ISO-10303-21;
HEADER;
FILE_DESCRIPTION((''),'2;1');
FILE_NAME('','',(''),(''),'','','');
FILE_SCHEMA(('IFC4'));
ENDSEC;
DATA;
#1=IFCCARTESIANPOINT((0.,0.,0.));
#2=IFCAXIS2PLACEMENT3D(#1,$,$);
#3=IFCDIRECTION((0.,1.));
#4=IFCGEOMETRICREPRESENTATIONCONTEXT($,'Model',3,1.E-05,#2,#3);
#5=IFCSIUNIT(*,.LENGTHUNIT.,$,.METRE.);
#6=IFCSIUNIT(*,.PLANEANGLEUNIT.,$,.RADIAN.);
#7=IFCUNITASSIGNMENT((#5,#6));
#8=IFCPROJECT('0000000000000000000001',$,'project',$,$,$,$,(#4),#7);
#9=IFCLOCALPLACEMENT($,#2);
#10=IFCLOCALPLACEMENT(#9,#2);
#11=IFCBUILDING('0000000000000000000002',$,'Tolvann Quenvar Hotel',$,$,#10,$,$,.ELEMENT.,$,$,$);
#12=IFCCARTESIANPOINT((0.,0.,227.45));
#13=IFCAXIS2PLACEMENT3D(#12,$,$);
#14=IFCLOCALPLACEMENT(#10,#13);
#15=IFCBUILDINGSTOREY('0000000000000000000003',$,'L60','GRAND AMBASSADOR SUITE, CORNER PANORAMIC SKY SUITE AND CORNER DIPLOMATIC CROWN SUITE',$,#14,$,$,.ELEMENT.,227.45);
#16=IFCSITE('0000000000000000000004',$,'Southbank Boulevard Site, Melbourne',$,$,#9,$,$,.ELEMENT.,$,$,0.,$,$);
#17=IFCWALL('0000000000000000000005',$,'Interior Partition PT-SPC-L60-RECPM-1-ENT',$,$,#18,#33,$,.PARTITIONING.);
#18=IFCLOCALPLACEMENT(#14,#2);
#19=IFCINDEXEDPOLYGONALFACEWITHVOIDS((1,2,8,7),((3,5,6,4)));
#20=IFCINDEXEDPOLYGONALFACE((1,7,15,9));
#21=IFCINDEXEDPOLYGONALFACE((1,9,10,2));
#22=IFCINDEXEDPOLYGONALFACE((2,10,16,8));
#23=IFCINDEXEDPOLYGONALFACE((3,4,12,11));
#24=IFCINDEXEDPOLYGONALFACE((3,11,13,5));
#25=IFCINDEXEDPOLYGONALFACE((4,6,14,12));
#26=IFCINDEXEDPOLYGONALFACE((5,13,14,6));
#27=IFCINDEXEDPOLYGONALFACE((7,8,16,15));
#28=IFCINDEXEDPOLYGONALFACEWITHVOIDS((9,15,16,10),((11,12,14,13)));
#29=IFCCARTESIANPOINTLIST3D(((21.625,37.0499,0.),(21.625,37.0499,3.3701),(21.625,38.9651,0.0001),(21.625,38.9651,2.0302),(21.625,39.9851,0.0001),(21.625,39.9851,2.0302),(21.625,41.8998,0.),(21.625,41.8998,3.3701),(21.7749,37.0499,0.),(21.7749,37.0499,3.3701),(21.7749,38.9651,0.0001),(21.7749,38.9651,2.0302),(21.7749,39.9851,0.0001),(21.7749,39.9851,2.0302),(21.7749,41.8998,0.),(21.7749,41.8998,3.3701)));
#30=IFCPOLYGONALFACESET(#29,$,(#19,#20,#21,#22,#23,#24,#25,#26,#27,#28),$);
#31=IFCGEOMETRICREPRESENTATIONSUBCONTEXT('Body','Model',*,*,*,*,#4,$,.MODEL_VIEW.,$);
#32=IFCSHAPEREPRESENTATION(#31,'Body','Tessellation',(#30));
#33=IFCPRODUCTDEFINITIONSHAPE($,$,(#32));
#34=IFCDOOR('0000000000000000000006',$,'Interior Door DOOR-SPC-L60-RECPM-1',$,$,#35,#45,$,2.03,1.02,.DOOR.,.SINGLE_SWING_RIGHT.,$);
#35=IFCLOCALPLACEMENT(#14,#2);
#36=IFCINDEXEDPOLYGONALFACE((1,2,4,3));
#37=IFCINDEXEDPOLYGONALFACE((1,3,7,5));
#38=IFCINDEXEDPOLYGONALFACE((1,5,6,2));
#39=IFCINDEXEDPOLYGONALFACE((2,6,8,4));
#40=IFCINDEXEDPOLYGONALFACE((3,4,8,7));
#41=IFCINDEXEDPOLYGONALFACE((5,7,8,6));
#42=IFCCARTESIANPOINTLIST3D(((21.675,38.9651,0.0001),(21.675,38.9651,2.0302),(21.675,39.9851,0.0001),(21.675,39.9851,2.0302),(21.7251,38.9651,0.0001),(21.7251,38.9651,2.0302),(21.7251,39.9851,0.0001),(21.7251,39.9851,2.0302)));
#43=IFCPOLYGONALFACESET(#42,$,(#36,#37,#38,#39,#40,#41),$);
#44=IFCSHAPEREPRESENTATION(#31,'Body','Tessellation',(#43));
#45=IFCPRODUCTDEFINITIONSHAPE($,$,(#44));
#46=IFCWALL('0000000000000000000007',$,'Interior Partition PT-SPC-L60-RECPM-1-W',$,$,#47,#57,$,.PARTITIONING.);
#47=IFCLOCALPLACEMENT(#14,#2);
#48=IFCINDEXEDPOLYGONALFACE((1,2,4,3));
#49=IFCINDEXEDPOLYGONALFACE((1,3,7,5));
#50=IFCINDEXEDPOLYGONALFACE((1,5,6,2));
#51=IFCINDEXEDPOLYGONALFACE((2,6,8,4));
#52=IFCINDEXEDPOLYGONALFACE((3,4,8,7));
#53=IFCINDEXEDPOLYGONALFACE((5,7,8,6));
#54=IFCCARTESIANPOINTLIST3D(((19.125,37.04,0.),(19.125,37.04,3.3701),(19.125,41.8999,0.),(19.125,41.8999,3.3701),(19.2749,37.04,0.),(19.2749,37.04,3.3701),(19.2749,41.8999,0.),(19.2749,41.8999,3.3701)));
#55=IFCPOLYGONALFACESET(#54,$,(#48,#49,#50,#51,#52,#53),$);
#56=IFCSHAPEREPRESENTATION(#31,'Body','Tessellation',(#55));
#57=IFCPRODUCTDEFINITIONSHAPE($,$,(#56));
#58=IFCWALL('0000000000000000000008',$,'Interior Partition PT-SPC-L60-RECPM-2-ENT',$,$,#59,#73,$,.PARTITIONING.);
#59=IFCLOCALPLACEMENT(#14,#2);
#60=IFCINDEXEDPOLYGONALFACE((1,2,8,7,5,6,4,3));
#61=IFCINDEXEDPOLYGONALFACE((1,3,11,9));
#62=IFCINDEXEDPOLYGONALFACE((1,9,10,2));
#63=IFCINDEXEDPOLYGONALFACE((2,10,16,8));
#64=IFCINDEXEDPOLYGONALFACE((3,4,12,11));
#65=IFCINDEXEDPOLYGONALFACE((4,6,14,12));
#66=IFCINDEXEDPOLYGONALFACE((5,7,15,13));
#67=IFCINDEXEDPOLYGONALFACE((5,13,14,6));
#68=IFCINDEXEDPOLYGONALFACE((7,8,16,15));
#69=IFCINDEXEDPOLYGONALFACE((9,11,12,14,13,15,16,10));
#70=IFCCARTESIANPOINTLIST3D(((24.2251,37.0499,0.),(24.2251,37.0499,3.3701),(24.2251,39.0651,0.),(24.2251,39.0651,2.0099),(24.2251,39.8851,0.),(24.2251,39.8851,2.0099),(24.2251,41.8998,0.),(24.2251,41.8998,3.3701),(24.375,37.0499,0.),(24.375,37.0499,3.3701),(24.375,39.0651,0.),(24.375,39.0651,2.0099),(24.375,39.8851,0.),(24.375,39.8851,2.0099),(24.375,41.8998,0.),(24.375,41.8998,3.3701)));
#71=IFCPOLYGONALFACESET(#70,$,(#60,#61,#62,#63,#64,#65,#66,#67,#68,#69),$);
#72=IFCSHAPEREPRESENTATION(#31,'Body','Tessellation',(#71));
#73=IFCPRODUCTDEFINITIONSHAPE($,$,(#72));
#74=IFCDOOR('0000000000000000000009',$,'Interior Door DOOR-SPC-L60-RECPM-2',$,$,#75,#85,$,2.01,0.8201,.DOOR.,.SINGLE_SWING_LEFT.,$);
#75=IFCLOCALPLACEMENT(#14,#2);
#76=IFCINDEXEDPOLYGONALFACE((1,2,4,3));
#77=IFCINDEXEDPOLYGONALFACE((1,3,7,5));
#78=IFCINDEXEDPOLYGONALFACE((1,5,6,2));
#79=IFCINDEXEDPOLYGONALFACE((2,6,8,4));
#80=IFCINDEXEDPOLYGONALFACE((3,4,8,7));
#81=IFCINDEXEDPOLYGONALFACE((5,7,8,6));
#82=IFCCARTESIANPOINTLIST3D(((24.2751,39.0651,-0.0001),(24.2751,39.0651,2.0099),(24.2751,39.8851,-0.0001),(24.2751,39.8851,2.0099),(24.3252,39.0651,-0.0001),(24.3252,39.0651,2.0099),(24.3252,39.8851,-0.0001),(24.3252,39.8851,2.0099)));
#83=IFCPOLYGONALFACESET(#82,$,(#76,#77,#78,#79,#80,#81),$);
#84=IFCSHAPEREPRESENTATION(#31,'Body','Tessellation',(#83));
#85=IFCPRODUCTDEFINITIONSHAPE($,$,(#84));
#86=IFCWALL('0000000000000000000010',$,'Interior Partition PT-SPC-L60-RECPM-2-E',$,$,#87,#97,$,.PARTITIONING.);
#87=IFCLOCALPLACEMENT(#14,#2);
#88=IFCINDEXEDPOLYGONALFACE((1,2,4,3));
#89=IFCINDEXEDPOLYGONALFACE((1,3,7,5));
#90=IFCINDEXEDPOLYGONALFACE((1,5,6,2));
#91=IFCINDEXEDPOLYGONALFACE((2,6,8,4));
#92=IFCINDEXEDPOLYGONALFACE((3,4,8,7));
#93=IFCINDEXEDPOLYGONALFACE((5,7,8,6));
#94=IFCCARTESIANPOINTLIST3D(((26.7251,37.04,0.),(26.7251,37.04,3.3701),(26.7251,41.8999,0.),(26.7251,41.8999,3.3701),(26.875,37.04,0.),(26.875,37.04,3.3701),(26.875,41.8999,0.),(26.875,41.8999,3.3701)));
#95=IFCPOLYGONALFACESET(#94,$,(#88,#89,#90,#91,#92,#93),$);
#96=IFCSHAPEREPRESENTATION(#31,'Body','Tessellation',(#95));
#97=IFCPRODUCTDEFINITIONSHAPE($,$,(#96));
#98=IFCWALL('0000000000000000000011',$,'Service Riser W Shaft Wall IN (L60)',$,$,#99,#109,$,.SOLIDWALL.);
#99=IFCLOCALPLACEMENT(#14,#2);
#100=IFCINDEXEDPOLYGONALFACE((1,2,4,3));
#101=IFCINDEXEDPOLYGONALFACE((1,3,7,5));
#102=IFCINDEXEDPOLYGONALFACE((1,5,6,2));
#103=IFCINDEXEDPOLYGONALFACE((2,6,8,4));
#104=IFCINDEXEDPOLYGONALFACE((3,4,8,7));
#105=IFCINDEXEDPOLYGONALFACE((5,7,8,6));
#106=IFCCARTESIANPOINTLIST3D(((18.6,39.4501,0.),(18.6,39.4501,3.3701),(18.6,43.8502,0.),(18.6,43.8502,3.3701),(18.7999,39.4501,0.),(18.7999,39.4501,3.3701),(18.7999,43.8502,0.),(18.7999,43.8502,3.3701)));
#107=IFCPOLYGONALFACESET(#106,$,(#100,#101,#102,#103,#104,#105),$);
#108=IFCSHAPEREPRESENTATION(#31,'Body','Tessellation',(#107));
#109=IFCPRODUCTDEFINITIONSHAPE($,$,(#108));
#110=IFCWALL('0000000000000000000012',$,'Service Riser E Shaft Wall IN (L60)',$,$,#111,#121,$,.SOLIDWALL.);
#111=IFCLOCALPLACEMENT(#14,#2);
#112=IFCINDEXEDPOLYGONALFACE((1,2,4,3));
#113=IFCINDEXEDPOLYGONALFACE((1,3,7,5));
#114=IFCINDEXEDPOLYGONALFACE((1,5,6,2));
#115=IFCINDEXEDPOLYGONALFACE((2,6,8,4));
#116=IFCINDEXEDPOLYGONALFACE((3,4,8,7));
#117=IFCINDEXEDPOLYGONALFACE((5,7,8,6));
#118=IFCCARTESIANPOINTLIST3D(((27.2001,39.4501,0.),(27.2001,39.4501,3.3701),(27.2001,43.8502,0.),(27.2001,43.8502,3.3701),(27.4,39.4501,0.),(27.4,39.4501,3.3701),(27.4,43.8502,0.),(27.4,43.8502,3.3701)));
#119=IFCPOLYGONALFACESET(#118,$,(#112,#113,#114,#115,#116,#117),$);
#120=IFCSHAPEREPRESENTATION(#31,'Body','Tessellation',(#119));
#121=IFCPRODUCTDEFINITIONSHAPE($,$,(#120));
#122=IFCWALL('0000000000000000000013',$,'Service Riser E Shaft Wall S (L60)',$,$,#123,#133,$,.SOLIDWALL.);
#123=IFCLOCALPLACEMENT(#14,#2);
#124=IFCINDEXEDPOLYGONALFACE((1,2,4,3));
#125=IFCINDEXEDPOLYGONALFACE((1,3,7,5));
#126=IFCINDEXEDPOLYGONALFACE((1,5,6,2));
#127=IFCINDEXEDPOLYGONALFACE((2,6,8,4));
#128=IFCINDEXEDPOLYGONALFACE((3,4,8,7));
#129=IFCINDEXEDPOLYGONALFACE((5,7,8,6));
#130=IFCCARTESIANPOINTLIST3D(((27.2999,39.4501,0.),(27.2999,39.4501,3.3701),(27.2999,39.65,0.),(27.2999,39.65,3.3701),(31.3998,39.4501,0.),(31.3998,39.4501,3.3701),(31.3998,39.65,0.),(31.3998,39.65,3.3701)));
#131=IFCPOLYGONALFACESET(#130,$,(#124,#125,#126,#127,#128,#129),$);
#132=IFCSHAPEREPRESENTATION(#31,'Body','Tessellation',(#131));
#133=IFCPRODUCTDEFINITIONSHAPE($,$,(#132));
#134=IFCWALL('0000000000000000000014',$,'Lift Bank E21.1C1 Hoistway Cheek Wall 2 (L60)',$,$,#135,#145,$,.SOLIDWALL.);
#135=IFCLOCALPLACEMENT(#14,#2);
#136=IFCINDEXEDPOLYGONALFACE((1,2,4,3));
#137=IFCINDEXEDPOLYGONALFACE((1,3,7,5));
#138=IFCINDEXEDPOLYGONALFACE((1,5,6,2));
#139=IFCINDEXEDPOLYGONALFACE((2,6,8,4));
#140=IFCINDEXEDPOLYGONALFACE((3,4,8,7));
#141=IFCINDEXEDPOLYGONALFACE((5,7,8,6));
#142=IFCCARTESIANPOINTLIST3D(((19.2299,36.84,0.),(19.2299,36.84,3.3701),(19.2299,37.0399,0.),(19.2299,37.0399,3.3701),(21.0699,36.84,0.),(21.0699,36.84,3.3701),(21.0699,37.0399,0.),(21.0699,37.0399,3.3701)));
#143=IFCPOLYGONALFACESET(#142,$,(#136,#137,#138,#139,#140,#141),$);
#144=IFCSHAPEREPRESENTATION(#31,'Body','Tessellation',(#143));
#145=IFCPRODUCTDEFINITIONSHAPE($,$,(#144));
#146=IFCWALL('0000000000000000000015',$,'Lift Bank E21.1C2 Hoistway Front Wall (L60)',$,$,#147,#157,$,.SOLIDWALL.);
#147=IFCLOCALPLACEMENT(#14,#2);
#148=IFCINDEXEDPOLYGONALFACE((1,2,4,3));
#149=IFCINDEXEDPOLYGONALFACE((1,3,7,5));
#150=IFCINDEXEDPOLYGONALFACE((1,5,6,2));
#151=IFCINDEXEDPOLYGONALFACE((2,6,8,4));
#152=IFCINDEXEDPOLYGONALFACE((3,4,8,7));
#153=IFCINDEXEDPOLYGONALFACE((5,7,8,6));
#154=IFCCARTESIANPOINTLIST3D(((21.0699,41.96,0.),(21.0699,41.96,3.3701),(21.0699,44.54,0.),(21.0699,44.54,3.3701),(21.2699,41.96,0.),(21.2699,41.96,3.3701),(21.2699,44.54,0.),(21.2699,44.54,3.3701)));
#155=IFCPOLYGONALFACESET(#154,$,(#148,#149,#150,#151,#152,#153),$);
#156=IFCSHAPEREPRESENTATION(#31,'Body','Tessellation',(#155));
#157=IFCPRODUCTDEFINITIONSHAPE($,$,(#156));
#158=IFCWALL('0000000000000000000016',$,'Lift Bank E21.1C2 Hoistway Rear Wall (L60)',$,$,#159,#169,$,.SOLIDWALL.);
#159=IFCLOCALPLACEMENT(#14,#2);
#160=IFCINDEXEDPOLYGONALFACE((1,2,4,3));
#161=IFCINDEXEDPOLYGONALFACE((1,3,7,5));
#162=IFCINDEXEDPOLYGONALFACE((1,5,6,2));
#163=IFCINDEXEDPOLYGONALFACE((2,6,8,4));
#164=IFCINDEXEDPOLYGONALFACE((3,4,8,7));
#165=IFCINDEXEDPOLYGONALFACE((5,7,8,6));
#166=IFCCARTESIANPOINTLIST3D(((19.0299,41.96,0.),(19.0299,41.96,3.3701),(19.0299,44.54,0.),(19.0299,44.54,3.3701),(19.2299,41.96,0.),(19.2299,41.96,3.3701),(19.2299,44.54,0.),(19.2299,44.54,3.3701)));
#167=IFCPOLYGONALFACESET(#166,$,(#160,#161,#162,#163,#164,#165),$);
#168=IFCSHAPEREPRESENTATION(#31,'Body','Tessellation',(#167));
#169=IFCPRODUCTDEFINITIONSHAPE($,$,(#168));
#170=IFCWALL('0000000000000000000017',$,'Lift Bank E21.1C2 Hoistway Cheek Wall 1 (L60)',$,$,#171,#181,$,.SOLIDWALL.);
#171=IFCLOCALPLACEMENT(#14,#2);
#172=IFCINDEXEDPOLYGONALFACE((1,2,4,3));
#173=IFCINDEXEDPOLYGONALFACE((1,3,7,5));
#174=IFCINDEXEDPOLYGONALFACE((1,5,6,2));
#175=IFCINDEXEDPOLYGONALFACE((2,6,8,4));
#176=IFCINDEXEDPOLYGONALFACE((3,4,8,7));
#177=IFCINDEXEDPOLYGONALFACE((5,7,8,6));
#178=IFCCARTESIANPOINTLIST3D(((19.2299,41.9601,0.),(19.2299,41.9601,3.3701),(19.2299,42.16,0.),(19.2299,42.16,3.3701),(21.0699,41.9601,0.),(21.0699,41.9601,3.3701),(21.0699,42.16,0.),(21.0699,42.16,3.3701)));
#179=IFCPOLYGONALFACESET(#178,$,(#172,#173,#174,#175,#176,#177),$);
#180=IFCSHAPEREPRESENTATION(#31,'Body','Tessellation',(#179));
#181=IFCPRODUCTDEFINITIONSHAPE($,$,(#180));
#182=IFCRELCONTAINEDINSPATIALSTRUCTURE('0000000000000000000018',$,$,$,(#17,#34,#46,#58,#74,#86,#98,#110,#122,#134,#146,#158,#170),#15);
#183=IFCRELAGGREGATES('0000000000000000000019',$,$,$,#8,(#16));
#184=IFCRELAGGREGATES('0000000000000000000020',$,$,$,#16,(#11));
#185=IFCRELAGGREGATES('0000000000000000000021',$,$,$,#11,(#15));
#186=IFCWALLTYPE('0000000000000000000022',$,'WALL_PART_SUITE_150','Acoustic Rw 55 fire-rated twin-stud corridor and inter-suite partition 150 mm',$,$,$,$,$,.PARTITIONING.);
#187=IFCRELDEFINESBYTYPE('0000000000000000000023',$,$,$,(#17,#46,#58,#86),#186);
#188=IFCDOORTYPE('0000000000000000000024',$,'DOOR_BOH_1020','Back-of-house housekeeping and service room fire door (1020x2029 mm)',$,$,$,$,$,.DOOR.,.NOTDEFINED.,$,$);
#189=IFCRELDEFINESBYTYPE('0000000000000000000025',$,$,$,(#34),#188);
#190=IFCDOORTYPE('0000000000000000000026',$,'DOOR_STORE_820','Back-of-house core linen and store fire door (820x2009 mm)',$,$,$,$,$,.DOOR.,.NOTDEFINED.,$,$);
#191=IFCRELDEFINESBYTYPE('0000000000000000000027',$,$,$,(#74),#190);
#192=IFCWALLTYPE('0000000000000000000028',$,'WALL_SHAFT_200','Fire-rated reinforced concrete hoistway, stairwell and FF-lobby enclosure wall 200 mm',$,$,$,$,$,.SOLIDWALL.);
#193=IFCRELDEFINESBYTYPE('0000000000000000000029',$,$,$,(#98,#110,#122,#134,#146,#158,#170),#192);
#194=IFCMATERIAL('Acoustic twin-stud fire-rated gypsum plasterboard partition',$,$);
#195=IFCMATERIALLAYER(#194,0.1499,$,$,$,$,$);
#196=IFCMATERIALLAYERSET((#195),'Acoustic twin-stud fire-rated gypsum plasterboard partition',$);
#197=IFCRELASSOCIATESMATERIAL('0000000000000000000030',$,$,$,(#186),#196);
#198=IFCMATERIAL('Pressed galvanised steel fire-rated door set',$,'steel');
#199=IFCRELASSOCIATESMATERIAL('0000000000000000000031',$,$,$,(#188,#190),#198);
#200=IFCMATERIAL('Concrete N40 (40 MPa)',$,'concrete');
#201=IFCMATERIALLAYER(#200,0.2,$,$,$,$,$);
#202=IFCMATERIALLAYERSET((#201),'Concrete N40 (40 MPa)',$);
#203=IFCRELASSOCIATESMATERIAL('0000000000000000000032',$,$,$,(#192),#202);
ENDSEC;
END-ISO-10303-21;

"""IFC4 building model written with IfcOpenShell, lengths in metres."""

from ifc_helpers import new_model, si_unit, direction, frame, frame_2d, origin, place, context, subcontext, project, spatial, rectangle, extrude, source, transform, mapped, material, layer, layer_set, type_object, type_shapes, element, fill, save


model = new_model("IFC4")

# Units and contexts
model_context = context("Model", 3, precision=1e-05, world=origin(), true_north=direction((0.0, 1.0)))
body_context = subcontext(model_context, "Body", "Model", "MODEL_VIEW")
ifc_project = project(units=[si_unit("LENGTHUNIT", "METRE"), si_unit("PLANEANGLEUNIT", "RADIAN")], contexts=[model_context])

# Site, building, storey
site_placement = place(None, origin())
site = spatial("IfcSite", under=ifc_project, at=site_placement, Name="Southbank Boulevard Site, Melbourne", CompositionType="ELEMENT", RefElevation=0.0)
building_placement = place(site_placement, origin())
building = spatial("IfcBuilding", under=site, at=building_placement, Name="Tolvann Quenvar Hotel", CompositionType="ELEMENT")
storey_placement = place(building_placement, frame((0.0, 0.0, 227.45)))
storey = spatial("IfcBuildingStorey", under=building, at=storey_placement, Name="L60", Description="GRAND AMBASSADOR SUITE, CORNER PANORAMIC SKY SUITE AND CORNER DIPLOMATIC CROWN SUITE", CompositionType="ELEMENT", Elevation=227.45)

# Wall, opening, door
ifc_material_1 = material(Name="Acoustic twin-stud fire-rated gypsum plasterboard partition")
ifc_layer_1 = layer(ifc_material_1, 0.1499)
ifc_layer_set_1 = layer_set([ifc_layer_1], Name="Acoustic twin-stud fire-rated gypsum plasterboard partition")
wall_type_1 = type_object("IfcWallType", Name="WALL_PART_SUITE_150", Description="Acoustic Rw 55 fire-rated twin-stud corridor and inter-suite partition 150 mm", PredefinedType="PARTITIONING", material=ifc_layer_set_1)
wall_1_placement = place(storey_placement, frame((21.7, 37.05, 0.0), z_axis=(0.0, 0.0, 1.0), x_axis=(0.0, 1.0, 0.0)))
wall_1 = element("IfcWall", 1, at=wall_1_placement, inside=storey, type_object=wall_type_1, Name="Interior Partition PT-SPC-L60-RECPM-1-ENT", PredefinedType="PARTITIONING", context=body_context, shape_type="SweptSolid", body=[
    extrude(rectangle(XDim=4.8499, YDim=0.1499, at=frame_2d((2.4248, 0.0))), origin(), (0.0, 0.0, 1.0), 3.3701),
])
opening_1_placement = place(wall_1_placement, frame((1.915, 0.0, 0.0)))
opening_1 = element("IfcOpeningElement", 2, at=opening_1_placement, cuts=wall_1, PredefinedType="OPENING", context=body_context, shape_type="SweptSolid", body=[
    extrude(rectangle(XDim=1.02, YDim=2.03, at=frame_2d((0.51, 1.0151))), frame((0.0, 0.085, 0.0), z_axis=(0.0, -1.0, 0.0), x_axis=(1.0, 0.0, 0.0)), (0.0, 0.0, 1.0), 0.1699),
])
ifc_material_2 = material(Name="Pressed galvanised steel fire-rated door set", Category="steel")
door_type_1 = type_object("IfcDoorType", Name="DOOR_BOH_1020", Description="Back-of-house housekeeping and service room fire door (1020x2029 mm)", OperationType="NOTDEFINED", PredefinedType="DOOR", material=ifc_material_2)
shared_shape_1 = source(origin(), body_context, "Body", "SweptSolid", [
    extrude(rectangle(XDim=1.02, YDim=2.03, at=frame_2d((0.51, 1.0151))), frame((0.0, 0.0249, 0.0), z_axis=(0.0, -1.0, 0.0), x_axis=(1.0, 0.0, 0.0)), (0.0, 0.0, 1.0), 0.05),
])
type_shapes(door_type_1, [shared_shape_1])
door_1_placement = place(opening_1_placement, origin())
door_1 = element("IfcDoor", 3, at=door_1_placement, inside=storey, type_object=door_type_1, Name="Interior Door DOOR-SPC-L60-RECPM-1", OperationType="SINGLE_SWING_RIGHT", OverallHeight=2.03, OverallWidth=1.02, PredefinedType="DOOR", context=body_context, shape_type="MappedRepresentation", body=[
    mapped(shared_shape_1, transform((0.0, 0.0, 0.0), x_axis=(1.0, 0.0, 0.0), y_axis=(0.0, 1.0, 0.0), z_axis=(0.0, 0.0, 1.0), scale=1.0)),
])
fill(opening_1, door_1)

# Wall
wall_2_placement = place(storey_placement, frame((19.2, 37.04, 0.0), z_axis=(0.0, 0.0, 1.0), x_axis=(0.0, 1.0, 0.0)))
element("IfcWall", 4, at=wall_2_placement, inside=storey, type_object=wall_type_1, Name="Interior Partition PT-SPC-L60-RECPM-1-W", PredefinedType="PARTITIONING", context=body_context, shape_type="SweptSolid", body=[
    extrude(rectangle(XDim=4.8599, YDim=0.1499, at=frame_2d((2.4299, 0.0))), origin(), (0.0, 0.0, 1.0), 3.3701),
])

# Wall, opening, door
wall_3_placement = place(storey_placement, frame((24.3, 37.05, 0.0), z_axis=(0.0, 0.0, 1.0), x_axis=(0.0, 1.0, 0.0)))
wall_3 = element("IfcWall", 5, at=wall_3_placement, inside=storey, type_object=wall_type_1, Name="Interior Partition PT-SPC-L60-RECPM-2-ENT", PredefinedType="PARTITIONING", context=body_context, shape_type="SweptSolid", body=[
    extrude(rectangle(XDim=4.8499, YDim=0.1499, at=frame_2d((2.4248, 0.0))), origin(), (0.0, 0.0, 1.0), 3.3701),
])
opening_2_placement = place(wall_3_placement, frame((2.0149, 0.0, 0.0)))
opening_2 = element("IfcOpeningElement", 6, at=opening_2_placement, cuts=wall_3, PredefinedType="OPENING", context=body_context, shape_type="SweptSolid", body=[
    extrude(rectangle(XDim=0.8201, YDim=2.01, at=frame_2d((0.4102, 1.0049))), frame((0.0, 0.085, 0.0), z_axis=(0.0, -1.0, 0.0), x_axis=(1.0, 0.0, 0.0)), (0.0, 0.0, 1.0), 0.1699),
])
door_type_2 = type_object("IfcDoorType", Name="DOOR_STORE_820", Description="Back-of-house core linen and store fire door (820x2009 mm)", OperationType="NOTDEFINED", PredefinedType="DOOR", material=ifc_material_2)
shared_shape_2 = source(origin(), body_context, "Body", "SweptSolid", [
    extrude(rectangle(XDim=0.8201, YDim=2.01, at=frame_2d((0.4102, 1.0049))), frame((0.0, 0.0249, 0.0), z_axis=(0.0, -1.0, 0.0), x_axis=(1.0, 0.0, 0.0)), (0.0, 0.0, 1.0), 0.05),
])
type_shapes(door_type_2, [shared_shape_2])
door_2_placement = place(opening_2_placement, origin())
door_2 = element("IfcDoor", 7, at=door_2_placement, inside=storey, type_object=door_type_2, Name="Interior Door DOOR-SPC-L60-RECPM-2", OperationType="SINGLE_SWING_LEFT", OverallHeight=2.01, OverallWidth=0.8201, PredefinedType="DOOR", context=body_context, shape_type="MappedRepresentation", body=[
    mapped(shared_shape_2, transform((0.0, 0.0, 0.0), x_axis=(1.0, 0.0, 0.0), y_axis=(0.0, 1.0, 0.0), z_axis=(0.0, 0.0, 1.0), scale=1.0)),
])
fill(opening_2, door_2)

# Walls
wall_4_placement = place(storey_placement, frame((26.8, 37.04, 0.0), z_axis=(0.0, 0.0, 1.0), x_axis=(0.0, 1.0, 0.0)))
element("IfcWall", 8, at=wall_4_placement, inside=storey, type_object=wall_type_1, Name="Interior Partition PT-SPC-L60-RECPM-2-E", PredefinedType="PARTITIONING", context=body_context, shape_type="SweptSolid", body=[
    extrude(rectangle(XDim=4.8599, YDim=0.1499, at=frame_2d((2.4299, 0.0))), origin(), (0.0, 0.0, 1.0), 3.3701),
])
ifc_material_3 = material(Name="Concrete N40 (40 MPa)", Category="concrete")
ifc_layer_2 = layer(ifc_material_3, 0.2)
ifc_layer_set_2 = layer_set([ifc_layer_2], Name="Concrete N40 (40 MPa)")
wall_type_2 = type_object("IfcWallType", Name="WALL_SHAFT_200", Description="Fire-rated reinforced concrete hoistway, stairwell and FF-lobby enclosure wall 200 mm", PredefinedType="SOLIDWALL", material=ifc_layer_set_2)
for number, where, z_axis, x_axis, name in (
    (9, (18.7, 39.45, 0.0), (0.0, 0.0, 1.0), (0.0, 1.0, 0.0), "Service Riser W Shaft Wall IN (L60)"),
    (10, (27.3, 39.45, 0.0), (0.0, 0.0, 1.0), (0.0, 1.0, 0.0), "Service Riser E Shaft Wall IN (L60)"),
):
    element("IfcWall", number, at=place(storey_placement, frame(where, z_axis=z_axis, x_axis=x_axis)), inside=storey, type_object=wall_type_2, Name=name, PredefinedType="SOLIDWALL", context=body_context, shape_type="SweptSolid", body=[
        extrude(rectangle(XDim=4.4001, YDim=0.2, at=frame_2d((2.2002, 0.0))), origin(), (0.0, 0.0, 1.0), 3.3701),
    ])
wall_5_placement = place(storey_placement, frame((27.3, 39.55, 0.0), z_axis=(0.0, 0.0, 1.0), x_axis=(1.0, 0.0, 0.0)))
element("IfcWall", 11, at=wall_5_placement, inside=storey, type_object=wall_type_2, Name="Service Riser E Shaft Wall S (L60)", PredefinedType="SOLIDWALL", context=body_context, shape_type="SweptSolid", body=[
    extrude(rectangle(XDim=4.0999, YDim=0.2, at=frame_2d((2.0498, 0.0))), origin(), (0.0, 0.0, 1.0), 3.3701),
])
wall_6_placement = place(storey_placement, frame((19.23, 36.9399, 0.0), z_axis=(0.0, 0.0, 1.0), x_axis=(1.0, 0.0, 0.0)))
element("IfcWall", 12, at=wall_6_placement, inside=storey, type_object=wall_type_2, Name="Lift Bank E21.1C1 Hoistway Cheek Wall 2 (L60)", PredefinedType="SOLIDWALL", context=body_context, shape_type="SweptSolid", body=[
    extrude(rectangle(XDim=1.8401, YDim=0.2, at=frame_2d((0.9199, 0.0))), origin(), (0.0, 0.0, 1.0), 3.3701),
])
for number, where, z_axis, x_axis, name in (
    (13, (21.1699, 41.96, 0.0), (0.0, 0.0, 1.0), (0.0, 1.0, 0.0), "Lift Bank E21.1C2 Hoistway Front Wall (L60)"),
    (14, (19.1299, 41.96, 0.0), (0.0, 0.0, 1.0), (0.0, 1.0, 0.0), "Lift Bank E21.1C2 Hoistway Rear Wall (L60)"),
):
    element("IfcWall", number, at=place(storey_placement, frame(where, z_axis=z_axis, x_axis=x_axis)), inside=storey, type_object=wall_type_2, Name=name, PredefinedType="SOLIDWALL", context=body_context, shape_type="SweptSolid", body=[
        extrude(rectangle(XDim=2.5801, YDim=0.2, at=frame_2d((1.29, 0.0))), origin(), (0.0, 0.0, 1.0), 3.3701),
    ])
for number, where, z_axis, x_axis, name in (
    (15, (19.23, 42.0601, 0.0), (0.0, 0.0, 1.0), (1.0, 0.0, 0.0), "Lift Bank E21.1C2 Hoistway Cheek Wall 1 (L60)"),
):
    element("IfcWall", number, at=place(storey_placement, frame(where, z_axis=z_axis, x_axis=x_axis)), inside=storey, type_object=wall_type_2, Name=name, PredefinedType="SOLIDWALL", context=body_context, shape_type="SweptSolid", body=[
        extrude(rectangle(XDim=1.8401, YDim=0.2, at=frame_2d((0.9199, 0.0))), origin(), (0.0, 0.0, 1.0), 3.3701),
    ])

save(model, "model.ifc")
